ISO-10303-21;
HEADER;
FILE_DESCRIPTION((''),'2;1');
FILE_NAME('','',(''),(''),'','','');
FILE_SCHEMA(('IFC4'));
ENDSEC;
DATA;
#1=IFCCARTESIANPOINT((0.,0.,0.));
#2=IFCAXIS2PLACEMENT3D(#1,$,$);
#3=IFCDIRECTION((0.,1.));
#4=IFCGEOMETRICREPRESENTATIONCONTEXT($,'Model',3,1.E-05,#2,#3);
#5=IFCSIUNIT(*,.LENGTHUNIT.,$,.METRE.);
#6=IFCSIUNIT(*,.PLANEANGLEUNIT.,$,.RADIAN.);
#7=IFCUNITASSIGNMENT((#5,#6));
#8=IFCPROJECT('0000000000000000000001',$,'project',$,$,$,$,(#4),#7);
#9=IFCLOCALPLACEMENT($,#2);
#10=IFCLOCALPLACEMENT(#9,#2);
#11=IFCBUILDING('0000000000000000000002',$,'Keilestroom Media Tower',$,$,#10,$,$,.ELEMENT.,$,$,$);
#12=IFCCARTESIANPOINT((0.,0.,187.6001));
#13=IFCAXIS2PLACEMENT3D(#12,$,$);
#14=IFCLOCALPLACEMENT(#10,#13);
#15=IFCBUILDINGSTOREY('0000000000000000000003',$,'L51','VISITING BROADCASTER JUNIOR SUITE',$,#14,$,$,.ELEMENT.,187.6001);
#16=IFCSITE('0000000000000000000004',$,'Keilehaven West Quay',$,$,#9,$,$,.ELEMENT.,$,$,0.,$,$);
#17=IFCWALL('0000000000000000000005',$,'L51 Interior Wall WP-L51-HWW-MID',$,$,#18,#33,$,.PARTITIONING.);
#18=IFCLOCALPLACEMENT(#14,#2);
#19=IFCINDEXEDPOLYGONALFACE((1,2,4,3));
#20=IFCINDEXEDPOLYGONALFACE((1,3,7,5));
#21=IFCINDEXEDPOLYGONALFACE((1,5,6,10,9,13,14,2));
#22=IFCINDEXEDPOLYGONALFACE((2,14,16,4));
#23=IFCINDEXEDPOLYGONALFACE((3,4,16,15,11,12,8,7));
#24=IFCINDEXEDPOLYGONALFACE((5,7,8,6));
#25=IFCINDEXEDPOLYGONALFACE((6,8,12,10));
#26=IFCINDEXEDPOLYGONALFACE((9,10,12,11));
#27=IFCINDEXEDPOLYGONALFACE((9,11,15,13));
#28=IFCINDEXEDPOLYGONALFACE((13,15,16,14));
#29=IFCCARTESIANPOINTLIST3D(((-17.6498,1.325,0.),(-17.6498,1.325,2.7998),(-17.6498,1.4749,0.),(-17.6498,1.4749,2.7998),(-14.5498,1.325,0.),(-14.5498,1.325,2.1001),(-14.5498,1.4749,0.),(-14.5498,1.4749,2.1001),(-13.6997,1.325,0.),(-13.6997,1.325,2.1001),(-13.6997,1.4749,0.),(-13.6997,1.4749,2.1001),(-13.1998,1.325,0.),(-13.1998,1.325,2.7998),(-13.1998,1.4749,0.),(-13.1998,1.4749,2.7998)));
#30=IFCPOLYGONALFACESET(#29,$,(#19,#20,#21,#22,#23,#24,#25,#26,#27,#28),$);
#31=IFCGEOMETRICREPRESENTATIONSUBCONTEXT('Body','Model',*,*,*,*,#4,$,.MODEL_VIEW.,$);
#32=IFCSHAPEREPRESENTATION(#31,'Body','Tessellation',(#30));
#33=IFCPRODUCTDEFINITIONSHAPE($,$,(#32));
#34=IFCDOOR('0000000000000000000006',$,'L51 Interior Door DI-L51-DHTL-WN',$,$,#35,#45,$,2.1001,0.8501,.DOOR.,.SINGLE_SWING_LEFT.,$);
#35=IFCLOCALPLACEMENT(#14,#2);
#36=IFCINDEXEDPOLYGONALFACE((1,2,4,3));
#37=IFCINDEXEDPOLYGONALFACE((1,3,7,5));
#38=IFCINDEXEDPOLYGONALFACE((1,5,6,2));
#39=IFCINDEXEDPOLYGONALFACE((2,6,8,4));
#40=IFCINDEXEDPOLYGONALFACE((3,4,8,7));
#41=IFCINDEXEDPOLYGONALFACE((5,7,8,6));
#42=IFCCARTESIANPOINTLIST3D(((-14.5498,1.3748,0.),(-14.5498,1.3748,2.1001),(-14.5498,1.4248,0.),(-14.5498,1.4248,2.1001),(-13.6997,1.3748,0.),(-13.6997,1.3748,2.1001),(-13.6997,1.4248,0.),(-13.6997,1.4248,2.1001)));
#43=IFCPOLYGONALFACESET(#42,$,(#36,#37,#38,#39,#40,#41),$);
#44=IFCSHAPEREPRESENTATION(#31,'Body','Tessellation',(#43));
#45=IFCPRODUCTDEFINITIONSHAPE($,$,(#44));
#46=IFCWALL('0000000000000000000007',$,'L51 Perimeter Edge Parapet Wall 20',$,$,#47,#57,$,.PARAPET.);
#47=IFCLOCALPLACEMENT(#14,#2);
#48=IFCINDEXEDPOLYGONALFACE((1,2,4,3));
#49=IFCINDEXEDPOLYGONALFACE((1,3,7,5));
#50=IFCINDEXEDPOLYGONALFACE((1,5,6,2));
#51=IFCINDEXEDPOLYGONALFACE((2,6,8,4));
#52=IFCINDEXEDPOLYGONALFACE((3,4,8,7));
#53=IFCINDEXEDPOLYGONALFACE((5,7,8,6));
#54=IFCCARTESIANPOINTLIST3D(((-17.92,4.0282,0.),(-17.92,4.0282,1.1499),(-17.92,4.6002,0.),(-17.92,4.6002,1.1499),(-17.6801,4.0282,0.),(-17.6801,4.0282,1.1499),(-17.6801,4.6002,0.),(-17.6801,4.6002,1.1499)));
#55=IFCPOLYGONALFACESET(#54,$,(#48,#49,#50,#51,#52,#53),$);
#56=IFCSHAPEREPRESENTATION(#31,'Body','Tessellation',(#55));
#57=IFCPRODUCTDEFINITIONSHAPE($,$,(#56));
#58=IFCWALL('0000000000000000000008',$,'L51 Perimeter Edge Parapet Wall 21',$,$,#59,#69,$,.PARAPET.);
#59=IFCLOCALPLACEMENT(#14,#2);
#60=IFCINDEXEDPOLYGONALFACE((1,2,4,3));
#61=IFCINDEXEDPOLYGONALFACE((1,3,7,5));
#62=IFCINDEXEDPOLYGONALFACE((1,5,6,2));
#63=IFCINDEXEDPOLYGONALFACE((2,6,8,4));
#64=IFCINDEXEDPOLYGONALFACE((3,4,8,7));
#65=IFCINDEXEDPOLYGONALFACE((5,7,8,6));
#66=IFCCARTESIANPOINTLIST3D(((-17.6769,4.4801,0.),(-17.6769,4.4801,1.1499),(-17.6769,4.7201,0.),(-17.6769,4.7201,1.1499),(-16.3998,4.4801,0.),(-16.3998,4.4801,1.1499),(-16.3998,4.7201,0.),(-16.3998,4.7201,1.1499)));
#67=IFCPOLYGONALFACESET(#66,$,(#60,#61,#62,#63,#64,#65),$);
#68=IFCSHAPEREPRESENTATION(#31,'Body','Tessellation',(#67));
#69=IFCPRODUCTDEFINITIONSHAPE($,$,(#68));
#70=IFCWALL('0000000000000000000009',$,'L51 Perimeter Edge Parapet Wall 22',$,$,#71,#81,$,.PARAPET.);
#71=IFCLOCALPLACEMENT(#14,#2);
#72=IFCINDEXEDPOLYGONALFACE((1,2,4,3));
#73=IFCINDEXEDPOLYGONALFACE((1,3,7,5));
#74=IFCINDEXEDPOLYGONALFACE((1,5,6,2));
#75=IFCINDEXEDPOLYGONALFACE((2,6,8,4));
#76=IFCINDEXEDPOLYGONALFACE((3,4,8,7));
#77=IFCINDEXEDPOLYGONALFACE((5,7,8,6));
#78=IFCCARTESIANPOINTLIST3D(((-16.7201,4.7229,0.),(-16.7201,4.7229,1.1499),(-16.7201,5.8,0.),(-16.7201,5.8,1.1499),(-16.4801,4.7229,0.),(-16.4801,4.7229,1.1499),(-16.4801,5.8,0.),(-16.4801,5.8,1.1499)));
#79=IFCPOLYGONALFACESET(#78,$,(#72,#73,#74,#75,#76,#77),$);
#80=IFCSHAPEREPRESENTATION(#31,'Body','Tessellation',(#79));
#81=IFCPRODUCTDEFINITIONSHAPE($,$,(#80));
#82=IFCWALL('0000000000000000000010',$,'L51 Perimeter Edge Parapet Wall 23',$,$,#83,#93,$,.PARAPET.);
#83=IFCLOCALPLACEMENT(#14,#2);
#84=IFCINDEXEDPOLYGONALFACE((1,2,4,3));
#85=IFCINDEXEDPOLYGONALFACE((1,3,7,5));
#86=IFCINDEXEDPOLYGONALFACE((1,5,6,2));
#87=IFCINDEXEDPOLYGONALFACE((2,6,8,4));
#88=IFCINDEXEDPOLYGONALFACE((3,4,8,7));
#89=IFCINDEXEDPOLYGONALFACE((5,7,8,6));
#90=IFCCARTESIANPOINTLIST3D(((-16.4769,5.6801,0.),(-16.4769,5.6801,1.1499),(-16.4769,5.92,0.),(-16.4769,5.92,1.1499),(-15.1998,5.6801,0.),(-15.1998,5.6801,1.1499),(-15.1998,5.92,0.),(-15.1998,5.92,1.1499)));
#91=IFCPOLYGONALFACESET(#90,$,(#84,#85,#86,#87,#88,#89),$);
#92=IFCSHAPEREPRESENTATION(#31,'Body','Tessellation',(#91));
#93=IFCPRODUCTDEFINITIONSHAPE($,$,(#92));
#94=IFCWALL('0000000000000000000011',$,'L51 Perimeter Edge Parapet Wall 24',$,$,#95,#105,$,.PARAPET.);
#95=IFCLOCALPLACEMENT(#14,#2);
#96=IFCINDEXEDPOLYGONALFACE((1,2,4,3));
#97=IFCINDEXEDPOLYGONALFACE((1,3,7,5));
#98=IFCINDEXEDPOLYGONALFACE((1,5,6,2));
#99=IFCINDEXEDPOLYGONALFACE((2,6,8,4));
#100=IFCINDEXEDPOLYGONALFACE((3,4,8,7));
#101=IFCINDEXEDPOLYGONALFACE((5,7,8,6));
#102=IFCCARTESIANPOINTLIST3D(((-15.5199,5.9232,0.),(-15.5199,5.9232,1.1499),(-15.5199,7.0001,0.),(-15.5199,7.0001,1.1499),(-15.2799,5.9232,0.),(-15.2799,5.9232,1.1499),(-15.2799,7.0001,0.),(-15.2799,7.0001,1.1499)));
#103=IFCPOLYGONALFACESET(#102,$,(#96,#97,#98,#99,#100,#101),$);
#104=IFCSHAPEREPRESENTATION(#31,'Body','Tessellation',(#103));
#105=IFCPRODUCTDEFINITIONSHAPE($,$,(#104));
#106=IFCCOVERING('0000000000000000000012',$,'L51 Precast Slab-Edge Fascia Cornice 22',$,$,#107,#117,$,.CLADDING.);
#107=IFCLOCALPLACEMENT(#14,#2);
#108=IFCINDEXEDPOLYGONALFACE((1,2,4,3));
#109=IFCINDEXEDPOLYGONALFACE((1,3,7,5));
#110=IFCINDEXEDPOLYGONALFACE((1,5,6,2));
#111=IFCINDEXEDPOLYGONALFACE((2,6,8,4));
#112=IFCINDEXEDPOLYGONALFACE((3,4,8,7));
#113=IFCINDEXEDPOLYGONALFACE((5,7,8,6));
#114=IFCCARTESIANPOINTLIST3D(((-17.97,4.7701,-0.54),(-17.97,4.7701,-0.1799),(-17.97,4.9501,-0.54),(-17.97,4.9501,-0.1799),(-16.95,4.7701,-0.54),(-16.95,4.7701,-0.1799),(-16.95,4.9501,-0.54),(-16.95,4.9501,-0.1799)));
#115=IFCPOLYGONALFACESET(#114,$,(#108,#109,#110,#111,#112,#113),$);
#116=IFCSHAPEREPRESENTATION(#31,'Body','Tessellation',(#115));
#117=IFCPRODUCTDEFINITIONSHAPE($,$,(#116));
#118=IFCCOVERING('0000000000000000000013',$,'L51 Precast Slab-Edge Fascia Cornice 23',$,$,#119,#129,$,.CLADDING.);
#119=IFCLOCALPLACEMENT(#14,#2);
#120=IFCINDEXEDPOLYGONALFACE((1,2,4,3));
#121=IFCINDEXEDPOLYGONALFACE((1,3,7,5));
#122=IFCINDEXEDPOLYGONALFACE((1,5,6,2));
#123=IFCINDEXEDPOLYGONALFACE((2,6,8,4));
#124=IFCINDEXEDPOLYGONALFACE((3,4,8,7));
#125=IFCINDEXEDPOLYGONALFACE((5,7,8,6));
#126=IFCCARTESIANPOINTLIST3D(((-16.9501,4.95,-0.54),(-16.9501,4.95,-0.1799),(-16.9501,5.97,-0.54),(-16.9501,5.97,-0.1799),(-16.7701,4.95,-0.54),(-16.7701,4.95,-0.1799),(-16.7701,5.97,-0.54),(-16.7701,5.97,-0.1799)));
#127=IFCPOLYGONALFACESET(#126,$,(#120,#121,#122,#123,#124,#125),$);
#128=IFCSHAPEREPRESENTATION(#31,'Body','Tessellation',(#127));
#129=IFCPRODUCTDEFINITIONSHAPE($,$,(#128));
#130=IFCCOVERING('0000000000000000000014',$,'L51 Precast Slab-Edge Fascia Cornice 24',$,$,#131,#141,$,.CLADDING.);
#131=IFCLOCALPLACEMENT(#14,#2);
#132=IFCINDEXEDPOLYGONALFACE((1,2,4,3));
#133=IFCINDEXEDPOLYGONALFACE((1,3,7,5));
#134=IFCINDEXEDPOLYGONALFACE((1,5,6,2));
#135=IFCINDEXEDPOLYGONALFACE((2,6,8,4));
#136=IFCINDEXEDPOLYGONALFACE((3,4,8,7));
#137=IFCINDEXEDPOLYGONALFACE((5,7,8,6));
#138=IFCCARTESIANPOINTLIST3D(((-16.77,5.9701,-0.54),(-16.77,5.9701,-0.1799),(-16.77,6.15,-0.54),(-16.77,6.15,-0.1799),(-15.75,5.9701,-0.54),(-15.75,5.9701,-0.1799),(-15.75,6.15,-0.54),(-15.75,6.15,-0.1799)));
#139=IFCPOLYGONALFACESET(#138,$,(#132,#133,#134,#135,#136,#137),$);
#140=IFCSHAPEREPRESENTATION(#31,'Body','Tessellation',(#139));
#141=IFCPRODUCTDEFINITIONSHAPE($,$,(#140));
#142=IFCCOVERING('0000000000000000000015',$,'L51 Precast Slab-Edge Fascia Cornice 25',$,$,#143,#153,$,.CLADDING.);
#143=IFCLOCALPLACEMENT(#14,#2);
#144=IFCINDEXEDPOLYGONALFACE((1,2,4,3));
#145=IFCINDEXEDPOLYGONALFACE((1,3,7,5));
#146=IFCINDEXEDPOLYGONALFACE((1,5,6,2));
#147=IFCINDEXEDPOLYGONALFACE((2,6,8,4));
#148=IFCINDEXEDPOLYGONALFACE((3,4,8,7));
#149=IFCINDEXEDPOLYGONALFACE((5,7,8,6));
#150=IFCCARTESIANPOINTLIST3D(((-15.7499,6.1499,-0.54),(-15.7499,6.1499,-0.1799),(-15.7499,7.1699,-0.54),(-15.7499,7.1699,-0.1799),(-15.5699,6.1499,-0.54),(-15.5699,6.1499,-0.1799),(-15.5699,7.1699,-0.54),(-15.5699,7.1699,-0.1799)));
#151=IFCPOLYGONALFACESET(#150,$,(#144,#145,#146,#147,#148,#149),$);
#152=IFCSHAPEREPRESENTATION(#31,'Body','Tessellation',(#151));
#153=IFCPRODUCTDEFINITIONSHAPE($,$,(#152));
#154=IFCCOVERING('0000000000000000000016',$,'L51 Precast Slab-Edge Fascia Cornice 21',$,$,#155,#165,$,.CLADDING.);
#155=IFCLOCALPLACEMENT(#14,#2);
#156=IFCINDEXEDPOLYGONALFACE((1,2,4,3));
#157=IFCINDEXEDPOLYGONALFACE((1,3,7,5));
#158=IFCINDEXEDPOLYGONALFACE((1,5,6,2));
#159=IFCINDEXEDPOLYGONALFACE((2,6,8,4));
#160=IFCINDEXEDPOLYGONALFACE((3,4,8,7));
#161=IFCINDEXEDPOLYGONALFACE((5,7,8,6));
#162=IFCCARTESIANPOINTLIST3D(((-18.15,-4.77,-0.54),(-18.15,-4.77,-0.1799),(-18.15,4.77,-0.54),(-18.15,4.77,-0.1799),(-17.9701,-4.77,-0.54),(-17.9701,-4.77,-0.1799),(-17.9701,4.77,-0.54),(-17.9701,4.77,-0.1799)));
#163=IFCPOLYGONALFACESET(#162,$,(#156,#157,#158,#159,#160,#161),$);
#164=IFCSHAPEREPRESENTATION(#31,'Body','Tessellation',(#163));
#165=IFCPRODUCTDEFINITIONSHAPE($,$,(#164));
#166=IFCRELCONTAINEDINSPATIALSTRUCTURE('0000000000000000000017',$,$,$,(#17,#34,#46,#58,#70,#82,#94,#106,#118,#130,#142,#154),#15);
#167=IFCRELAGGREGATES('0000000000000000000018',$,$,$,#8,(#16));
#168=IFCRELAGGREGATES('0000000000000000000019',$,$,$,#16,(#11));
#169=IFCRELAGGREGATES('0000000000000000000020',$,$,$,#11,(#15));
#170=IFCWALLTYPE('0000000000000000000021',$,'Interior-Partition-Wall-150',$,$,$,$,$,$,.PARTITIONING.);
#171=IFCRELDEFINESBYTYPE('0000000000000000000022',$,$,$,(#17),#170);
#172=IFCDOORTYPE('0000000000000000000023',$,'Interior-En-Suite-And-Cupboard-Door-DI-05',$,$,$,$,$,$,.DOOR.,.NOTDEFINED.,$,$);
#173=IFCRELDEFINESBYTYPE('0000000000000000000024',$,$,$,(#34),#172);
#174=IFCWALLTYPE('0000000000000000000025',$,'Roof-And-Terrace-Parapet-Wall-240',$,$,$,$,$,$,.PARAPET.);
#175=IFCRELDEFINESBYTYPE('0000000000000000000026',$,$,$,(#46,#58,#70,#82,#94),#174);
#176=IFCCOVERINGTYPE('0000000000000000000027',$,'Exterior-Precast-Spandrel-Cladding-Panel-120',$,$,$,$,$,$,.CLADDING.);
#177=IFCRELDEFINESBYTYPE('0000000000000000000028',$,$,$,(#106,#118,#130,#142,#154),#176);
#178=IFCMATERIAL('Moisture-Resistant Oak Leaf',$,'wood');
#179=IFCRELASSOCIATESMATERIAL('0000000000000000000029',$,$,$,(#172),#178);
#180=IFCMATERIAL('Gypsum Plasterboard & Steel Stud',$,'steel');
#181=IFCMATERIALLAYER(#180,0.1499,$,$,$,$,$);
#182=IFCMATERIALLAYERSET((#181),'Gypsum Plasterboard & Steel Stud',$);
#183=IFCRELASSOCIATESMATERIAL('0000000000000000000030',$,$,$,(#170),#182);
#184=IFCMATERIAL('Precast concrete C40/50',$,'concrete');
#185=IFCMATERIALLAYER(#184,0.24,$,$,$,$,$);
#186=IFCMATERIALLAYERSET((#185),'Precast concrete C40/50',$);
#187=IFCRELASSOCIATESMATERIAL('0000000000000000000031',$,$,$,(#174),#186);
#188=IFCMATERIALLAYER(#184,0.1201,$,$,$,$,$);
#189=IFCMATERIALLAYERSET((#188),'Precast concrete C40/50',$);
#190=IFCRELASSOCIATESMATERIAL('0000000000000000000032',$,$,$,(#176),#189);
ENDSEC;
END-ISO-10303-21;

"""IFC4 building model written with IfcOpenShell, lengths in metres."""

from ifc_helpers import new_model, si_unit, direction, frame, frame_2d, origin, origin_2d, place, context, subcontext, project, spatial, rectangle, extrude, source, transform, mapped, material, layer, layer_set, type_object, element, fill, save


model = new_model("IFC4")

# Units and contexts
model_context = context("Model", 3, precision=1e-05, world=origin(), true_north=direction((0.0, 1.0)))
body_context = subcontext(model_context, "Body", "Model", "MODEL_VIEW")
ifc_project = project(units=[si_unit("LENGTHUNIT", "METRE"), si_unit("PLANEANGLEUNIT", "RADIAN")], contexts=[model_context])

# Site, building, storey
site_placement = place(None, origin())
site = spatial("IfcSite", under=ifc_project, at=site_placement, Name="Keilehaven West Quay", CompositionType="ELEMENT", RefElevation=0.0)
building_placement = place(site_placement, origin())
building = spatial("IfcBuilding", under=site, at=building_placement, Name="Keilestroom Media Tower", CompositionType="ELEMENT")
storey_placement = place(building_placement, frame((0.0, 0.0, 187.6001)))
storey = spatial("IfcBuildingStorey", under=building, at=storey_placement, Name="L51", Description="VISITING BROADCASTER JUNIOR SUITE", CompositionType="ELEMENT", Elevation=187.6001)

# Shared definitions
ifc_material_1 = material(Name="Precast concrete C40/50", Category="concrete")

# Shared definitions
ifc_material_2 = material(Name="Gypsum Plasterboard & Steel Stud", Category="steel")

# Shared definitions
ifc_material_3 = material(Name="Moisture-Resistant Oak Leaf", Category="wood")
door_type = type_object("IfcDoorType", Name="Interior-En-Suite-And-Cupboard-Door-DI-05", OperationType="NOTDEFINED", PredefinedType="DOOR", material=ifc_material_3)
shared_shape_1 = source(origin(), body_context, "Body", "SweptSolid", [
    extrude(rectangle(XDim=0.8501, YDim=2.1001, at=frame_2d((0.425, 1.05))), frame((0.0, 0.0249, 0.0), z_axis=(0.0, -1.0, 0.0), x_axis=(1.0, 0.0, 0.0)), (0.0, 0.0, 1.0), 0.05),
])

# Wall, opening, door
ifc_layer_1 = layer(ifc_material_2, 0.1499)
ifc_layer_set_1 = layer_set([ifc_layer_1], Name="Gypsum Plasterboard & Steel Stud")
wall_type_1 = type_object("IfcWallType", Name="Interior-Partition-Wall-150", PredefinedType="PARTITIONING", material=ifc_layer_set_1)
wall_1_placement = place(storey_placement, frame((-17.6499, 1.3999, 0.0), z_axis=(0.0, 0.0, 1.0), x_axis=(1.0, 0.0, 0.0)))
wall_1 = element("IfcWall", 1, at=wall_1_placement, inside=storey, type_object=wall_type_1, Name="L51 Interior Wall WP-L51-HWW-MID", PredefinedType="PARTITIONING", context=body_context, shape_type="SweptSolid", body=[
    extrude(rectangle(XDim=4.45, YDim=0.1499, at=frame_2d((2.2251, 0.0))), origin(), (0.0, 0.0, 1.0), 2.7998),
])
opening_1_placement = place(wall_1_placement, frame((3.1001, 0.0, 0.0)))
opening_1 = element("IfcOpeningElement", 2, at=opening_1_placement, cuts=wall_1, PredefinedType="OPENING", context=body_context, shape_type="SweptSolid", body=[
    extrude(rectangle(XDim=0.8501, YDim=2.1001, at=frame_2d((0.425, 1.05))), frame((0.0, 0.085, 0.0), z_axis=(0.0, -1.0, 0.0), x_axis=(1.0, 0.0, 0.0)), (0.0, 0.0, 1.0), 0.1699),
])
door_1_placement = place(opening_1_placement, origin())
door_1 = element("IfcDoor", 3, at=door_1_placement, inside=storey, type_object=door_type, Name="L51 Interior Door DI-L51-DHTL-WN", OperationType="SINGLE_SWING_LEFT", OverallHeight=2.1001, OverallWidth=0.8501, PredefinedType="DOOR", context=body_context, shape_type="MappedRepresentation", body=[
    mapped(shared_shape_1, transform((0.0, 0.0, 0.0), x_axis=(1.0, 0.0, 0.0), y_axis=(0.0, 1.0, 0.0), z_axis=(0.0, 0.0, 1.0), scale=1.0)),
])
fill(opening_1, door_1)

# Walls
ifc_layer_2 = layer(ifc_material_1, 0.24)
ifc_layer_set_2 = layer_set([ifc_layer_2], Name="Precast concrete C40/50")
wall_type_2 = type_object("IfcWallType", Name="Roof-And-Terrace-Parapet-Wall-240", PredefinedType="PARAPET", material=ifc_layer_set_2)
wall_2_placement = place(storey_placement, frame((-17.8, 4.0281, 0.0), z_axis=(0.0, 0.0, 1.0), x_axis=(0.0, 1.0, 0.0)))
element("IfcWall", 4, at=wall_2_placement, inside=storey, type_object=wall_type_2, Name="L51 Perimeter Edge Parapet Wall 20", PredefinedType="PARAPET", context=body_context, shape_type="SweptSolid", body=[
    extrude(rectangle(XDim=0.572, YDim=0.24, at=frame_2d((0.2861, 0.0))), origin(), (0.0, 0.0, 1.0), 1.1499),
])
wall_3_placement = place(storey_placement, frame((-17.677, 4.6001, 0.0), z_axis=(0.0, 0.0, 1.0), x_axis=(1.0, 0.0, 0.0)))
element("IfcWall", 5, at=wall_3_placement, inside=storey, type_object=wall_type_2, Name="L51 Perimeter Edge Parapet Wall 21", PredefinedType="PARAPET", context=body_context, shape_type="SweptSolid", body=[
    extrude(rectangle(XDim=1.2771, YDim=0.24, at=frame_2d((0.6387, 0.0))), origin(), (0.0, 0.0, 1.0), 1.1499),
])
wall_4_placement = place(storey_placement, frame((-16.6001, 4.7229, 0.0), z_axis=(0.0, 0.0, 1.0), x_axis=(0.0, 1.0, 0.0)))
element("IfcWall", 6, at=wall_4_placement, inside=storey, type_object=wall_type_2, Name="L51 Perimeter Edge Parapet Wall 22", PredefinedType="PARAPET", context=body_context, shape_type="SweptSolid", body=[
    extrude(rectangle(XDim=1.0771, YDim=0.24, at=frame_2d((0.5386, 0.0))), origin(), (0.0, 0.0, 1.0), 1.1499),
])
wall_5_placement = place(storey_placement, frame((-16.4771, 5.8, 0.0), z_axis=(0.0, 0.0, 1.0), x_axis=(1.0, 0.0, 0.0)))
element("IfcWall", 7, at=wall_5_placement, inside=storey, type_object=wall_type_2, Name="L51 Perimeter Edge Parapet Wall 23", PredefinedType="PARAPET", context=body_context, shape_type="SweptSolid", body=[
    extrude(rectangle(XDim=1.2771, YDim=0.24, at=frame_2d((0.6387, 0.0))), origin(), (0.0, 0.0, 1.0), 1.1499),
])
wall_6_placement = place(storey_placement, frame((-15.3999, 5.9231, 0.0), z_axis=(0.0, 0.0, 1.0), x_axis=(0.0, 1.0, 0.0)))
element("IfcWall", 8, at=wall_6_placement, inside=storey, type_object=wall_type_2, Name="L51 Perimeter Edge Parapet Wall 24", PredefinedType="PARAPET", context=body_context, shape_type="SweptSolid", body=[
    extrude(rectangle(XDim=1.0769, YDim=0.24, at=frame_2d((0.5386, 0.0))), origin(), (0.0, 0.0, 1.0), 1.1499),
])

# Coverings
ifc_layer_3 = layer(ifc_material_1, 0.1201)
ifc_layer_set_3 = layer_set([ifc_layer_3], Name="Precast concrete C40/50")
covering_type = type_object("IfcCoveringType", Name="Exterior-Precast-Spandrel-Cladding-Panel-120", PredefinedType="CLADDING", material=ifc_layer_set_3)
shared_shape_2 = source(origin(), body_context, "Body", "SweptSolid", [
    extrude(rectangle(XDim=1.02, YDim=0.1799, at=origin_2d()), origin(), (0.0, 0.0, 1.0), 0.3601),
])
for number, where, z_axis, x_axis, name in (
    (9, (-17.46, 4.8601, -0.54), (0.0, 0.0, 1.0), (1.0, 0.0, 0.0), "L51 Precast Slab-Edge Fascia Cornice 22"),
    (10, (-16.8601, 5.46, -0.54), (0.0, 0.0, 1.0), (0.0, 1.0, 0.0), "L51 Precast Slab-Edge Fascia Cornice 23"),
    (11, (-16.26, 6.0601, -0.54), (0.0, 0.0, 1.0), (1.0, 0.0, 0.0), "L51 Precast Slab-Edge Fascia Cornice 24"),
    (12, (-15.6599, 6.6599, -0.54), (0.0, 0.0, 1.0), (0.0, 1.0, 0.0), "L51 Precast Slab-Edge Fascia Cornice 25"),
):
    element("IfcCovering", number, at=place(storey_placement, frame(where, z_axis=z_axis, x_axis=x_axis)), inside=storey, type_object=covering_type, Name=name, PredefinedType="CLADDING", context=body_context, shape_type="MappedRepresentation", body=[
        mapped(shared_shape_2, transform((0.0, 0.0, 0.0), x_axis=(1.0, 0.0, 0.0), y_axis=(0.0, 1.0, 0.0), z_axis=(0.0, 0.0, 1.0), scale=1.0)),
    ])
shared_shape_3 = source(origin(), body_context, "Body", "SweptSolid", [
    extrude(rectangle(XDim=9.54, YDim=0.1799, at=origin_2d()), origin(), (0.0, 0.0, 1.0), 0.3601),
])
covering_placement = place(storey_placement, frame((-18.0601, 0.0, -0.54), z_axis=(0.0, 0.0, 1.0), x_axis=(0.0, 1.0, 0.0)))
element("IfcCovering", 13, at=covering_placement, inside=storey, type_object=covering_type, Name="L51 Precast Slab-Edge Fascia Cornice 21", PredefinedType="CLADDING", context=body_context, shape_type="MappedRepresentation", body=[
    mapped(shared_shape_3, transform((0.0, 0.0, 0.0), x_axis=(1.0, 0.0, 0.0), y_axis=(0.0, 1.0, 0.0), z_axis=(0.0, 0.0, 1.0), scale=1.0)),
])

save(model, "model.ifc")
